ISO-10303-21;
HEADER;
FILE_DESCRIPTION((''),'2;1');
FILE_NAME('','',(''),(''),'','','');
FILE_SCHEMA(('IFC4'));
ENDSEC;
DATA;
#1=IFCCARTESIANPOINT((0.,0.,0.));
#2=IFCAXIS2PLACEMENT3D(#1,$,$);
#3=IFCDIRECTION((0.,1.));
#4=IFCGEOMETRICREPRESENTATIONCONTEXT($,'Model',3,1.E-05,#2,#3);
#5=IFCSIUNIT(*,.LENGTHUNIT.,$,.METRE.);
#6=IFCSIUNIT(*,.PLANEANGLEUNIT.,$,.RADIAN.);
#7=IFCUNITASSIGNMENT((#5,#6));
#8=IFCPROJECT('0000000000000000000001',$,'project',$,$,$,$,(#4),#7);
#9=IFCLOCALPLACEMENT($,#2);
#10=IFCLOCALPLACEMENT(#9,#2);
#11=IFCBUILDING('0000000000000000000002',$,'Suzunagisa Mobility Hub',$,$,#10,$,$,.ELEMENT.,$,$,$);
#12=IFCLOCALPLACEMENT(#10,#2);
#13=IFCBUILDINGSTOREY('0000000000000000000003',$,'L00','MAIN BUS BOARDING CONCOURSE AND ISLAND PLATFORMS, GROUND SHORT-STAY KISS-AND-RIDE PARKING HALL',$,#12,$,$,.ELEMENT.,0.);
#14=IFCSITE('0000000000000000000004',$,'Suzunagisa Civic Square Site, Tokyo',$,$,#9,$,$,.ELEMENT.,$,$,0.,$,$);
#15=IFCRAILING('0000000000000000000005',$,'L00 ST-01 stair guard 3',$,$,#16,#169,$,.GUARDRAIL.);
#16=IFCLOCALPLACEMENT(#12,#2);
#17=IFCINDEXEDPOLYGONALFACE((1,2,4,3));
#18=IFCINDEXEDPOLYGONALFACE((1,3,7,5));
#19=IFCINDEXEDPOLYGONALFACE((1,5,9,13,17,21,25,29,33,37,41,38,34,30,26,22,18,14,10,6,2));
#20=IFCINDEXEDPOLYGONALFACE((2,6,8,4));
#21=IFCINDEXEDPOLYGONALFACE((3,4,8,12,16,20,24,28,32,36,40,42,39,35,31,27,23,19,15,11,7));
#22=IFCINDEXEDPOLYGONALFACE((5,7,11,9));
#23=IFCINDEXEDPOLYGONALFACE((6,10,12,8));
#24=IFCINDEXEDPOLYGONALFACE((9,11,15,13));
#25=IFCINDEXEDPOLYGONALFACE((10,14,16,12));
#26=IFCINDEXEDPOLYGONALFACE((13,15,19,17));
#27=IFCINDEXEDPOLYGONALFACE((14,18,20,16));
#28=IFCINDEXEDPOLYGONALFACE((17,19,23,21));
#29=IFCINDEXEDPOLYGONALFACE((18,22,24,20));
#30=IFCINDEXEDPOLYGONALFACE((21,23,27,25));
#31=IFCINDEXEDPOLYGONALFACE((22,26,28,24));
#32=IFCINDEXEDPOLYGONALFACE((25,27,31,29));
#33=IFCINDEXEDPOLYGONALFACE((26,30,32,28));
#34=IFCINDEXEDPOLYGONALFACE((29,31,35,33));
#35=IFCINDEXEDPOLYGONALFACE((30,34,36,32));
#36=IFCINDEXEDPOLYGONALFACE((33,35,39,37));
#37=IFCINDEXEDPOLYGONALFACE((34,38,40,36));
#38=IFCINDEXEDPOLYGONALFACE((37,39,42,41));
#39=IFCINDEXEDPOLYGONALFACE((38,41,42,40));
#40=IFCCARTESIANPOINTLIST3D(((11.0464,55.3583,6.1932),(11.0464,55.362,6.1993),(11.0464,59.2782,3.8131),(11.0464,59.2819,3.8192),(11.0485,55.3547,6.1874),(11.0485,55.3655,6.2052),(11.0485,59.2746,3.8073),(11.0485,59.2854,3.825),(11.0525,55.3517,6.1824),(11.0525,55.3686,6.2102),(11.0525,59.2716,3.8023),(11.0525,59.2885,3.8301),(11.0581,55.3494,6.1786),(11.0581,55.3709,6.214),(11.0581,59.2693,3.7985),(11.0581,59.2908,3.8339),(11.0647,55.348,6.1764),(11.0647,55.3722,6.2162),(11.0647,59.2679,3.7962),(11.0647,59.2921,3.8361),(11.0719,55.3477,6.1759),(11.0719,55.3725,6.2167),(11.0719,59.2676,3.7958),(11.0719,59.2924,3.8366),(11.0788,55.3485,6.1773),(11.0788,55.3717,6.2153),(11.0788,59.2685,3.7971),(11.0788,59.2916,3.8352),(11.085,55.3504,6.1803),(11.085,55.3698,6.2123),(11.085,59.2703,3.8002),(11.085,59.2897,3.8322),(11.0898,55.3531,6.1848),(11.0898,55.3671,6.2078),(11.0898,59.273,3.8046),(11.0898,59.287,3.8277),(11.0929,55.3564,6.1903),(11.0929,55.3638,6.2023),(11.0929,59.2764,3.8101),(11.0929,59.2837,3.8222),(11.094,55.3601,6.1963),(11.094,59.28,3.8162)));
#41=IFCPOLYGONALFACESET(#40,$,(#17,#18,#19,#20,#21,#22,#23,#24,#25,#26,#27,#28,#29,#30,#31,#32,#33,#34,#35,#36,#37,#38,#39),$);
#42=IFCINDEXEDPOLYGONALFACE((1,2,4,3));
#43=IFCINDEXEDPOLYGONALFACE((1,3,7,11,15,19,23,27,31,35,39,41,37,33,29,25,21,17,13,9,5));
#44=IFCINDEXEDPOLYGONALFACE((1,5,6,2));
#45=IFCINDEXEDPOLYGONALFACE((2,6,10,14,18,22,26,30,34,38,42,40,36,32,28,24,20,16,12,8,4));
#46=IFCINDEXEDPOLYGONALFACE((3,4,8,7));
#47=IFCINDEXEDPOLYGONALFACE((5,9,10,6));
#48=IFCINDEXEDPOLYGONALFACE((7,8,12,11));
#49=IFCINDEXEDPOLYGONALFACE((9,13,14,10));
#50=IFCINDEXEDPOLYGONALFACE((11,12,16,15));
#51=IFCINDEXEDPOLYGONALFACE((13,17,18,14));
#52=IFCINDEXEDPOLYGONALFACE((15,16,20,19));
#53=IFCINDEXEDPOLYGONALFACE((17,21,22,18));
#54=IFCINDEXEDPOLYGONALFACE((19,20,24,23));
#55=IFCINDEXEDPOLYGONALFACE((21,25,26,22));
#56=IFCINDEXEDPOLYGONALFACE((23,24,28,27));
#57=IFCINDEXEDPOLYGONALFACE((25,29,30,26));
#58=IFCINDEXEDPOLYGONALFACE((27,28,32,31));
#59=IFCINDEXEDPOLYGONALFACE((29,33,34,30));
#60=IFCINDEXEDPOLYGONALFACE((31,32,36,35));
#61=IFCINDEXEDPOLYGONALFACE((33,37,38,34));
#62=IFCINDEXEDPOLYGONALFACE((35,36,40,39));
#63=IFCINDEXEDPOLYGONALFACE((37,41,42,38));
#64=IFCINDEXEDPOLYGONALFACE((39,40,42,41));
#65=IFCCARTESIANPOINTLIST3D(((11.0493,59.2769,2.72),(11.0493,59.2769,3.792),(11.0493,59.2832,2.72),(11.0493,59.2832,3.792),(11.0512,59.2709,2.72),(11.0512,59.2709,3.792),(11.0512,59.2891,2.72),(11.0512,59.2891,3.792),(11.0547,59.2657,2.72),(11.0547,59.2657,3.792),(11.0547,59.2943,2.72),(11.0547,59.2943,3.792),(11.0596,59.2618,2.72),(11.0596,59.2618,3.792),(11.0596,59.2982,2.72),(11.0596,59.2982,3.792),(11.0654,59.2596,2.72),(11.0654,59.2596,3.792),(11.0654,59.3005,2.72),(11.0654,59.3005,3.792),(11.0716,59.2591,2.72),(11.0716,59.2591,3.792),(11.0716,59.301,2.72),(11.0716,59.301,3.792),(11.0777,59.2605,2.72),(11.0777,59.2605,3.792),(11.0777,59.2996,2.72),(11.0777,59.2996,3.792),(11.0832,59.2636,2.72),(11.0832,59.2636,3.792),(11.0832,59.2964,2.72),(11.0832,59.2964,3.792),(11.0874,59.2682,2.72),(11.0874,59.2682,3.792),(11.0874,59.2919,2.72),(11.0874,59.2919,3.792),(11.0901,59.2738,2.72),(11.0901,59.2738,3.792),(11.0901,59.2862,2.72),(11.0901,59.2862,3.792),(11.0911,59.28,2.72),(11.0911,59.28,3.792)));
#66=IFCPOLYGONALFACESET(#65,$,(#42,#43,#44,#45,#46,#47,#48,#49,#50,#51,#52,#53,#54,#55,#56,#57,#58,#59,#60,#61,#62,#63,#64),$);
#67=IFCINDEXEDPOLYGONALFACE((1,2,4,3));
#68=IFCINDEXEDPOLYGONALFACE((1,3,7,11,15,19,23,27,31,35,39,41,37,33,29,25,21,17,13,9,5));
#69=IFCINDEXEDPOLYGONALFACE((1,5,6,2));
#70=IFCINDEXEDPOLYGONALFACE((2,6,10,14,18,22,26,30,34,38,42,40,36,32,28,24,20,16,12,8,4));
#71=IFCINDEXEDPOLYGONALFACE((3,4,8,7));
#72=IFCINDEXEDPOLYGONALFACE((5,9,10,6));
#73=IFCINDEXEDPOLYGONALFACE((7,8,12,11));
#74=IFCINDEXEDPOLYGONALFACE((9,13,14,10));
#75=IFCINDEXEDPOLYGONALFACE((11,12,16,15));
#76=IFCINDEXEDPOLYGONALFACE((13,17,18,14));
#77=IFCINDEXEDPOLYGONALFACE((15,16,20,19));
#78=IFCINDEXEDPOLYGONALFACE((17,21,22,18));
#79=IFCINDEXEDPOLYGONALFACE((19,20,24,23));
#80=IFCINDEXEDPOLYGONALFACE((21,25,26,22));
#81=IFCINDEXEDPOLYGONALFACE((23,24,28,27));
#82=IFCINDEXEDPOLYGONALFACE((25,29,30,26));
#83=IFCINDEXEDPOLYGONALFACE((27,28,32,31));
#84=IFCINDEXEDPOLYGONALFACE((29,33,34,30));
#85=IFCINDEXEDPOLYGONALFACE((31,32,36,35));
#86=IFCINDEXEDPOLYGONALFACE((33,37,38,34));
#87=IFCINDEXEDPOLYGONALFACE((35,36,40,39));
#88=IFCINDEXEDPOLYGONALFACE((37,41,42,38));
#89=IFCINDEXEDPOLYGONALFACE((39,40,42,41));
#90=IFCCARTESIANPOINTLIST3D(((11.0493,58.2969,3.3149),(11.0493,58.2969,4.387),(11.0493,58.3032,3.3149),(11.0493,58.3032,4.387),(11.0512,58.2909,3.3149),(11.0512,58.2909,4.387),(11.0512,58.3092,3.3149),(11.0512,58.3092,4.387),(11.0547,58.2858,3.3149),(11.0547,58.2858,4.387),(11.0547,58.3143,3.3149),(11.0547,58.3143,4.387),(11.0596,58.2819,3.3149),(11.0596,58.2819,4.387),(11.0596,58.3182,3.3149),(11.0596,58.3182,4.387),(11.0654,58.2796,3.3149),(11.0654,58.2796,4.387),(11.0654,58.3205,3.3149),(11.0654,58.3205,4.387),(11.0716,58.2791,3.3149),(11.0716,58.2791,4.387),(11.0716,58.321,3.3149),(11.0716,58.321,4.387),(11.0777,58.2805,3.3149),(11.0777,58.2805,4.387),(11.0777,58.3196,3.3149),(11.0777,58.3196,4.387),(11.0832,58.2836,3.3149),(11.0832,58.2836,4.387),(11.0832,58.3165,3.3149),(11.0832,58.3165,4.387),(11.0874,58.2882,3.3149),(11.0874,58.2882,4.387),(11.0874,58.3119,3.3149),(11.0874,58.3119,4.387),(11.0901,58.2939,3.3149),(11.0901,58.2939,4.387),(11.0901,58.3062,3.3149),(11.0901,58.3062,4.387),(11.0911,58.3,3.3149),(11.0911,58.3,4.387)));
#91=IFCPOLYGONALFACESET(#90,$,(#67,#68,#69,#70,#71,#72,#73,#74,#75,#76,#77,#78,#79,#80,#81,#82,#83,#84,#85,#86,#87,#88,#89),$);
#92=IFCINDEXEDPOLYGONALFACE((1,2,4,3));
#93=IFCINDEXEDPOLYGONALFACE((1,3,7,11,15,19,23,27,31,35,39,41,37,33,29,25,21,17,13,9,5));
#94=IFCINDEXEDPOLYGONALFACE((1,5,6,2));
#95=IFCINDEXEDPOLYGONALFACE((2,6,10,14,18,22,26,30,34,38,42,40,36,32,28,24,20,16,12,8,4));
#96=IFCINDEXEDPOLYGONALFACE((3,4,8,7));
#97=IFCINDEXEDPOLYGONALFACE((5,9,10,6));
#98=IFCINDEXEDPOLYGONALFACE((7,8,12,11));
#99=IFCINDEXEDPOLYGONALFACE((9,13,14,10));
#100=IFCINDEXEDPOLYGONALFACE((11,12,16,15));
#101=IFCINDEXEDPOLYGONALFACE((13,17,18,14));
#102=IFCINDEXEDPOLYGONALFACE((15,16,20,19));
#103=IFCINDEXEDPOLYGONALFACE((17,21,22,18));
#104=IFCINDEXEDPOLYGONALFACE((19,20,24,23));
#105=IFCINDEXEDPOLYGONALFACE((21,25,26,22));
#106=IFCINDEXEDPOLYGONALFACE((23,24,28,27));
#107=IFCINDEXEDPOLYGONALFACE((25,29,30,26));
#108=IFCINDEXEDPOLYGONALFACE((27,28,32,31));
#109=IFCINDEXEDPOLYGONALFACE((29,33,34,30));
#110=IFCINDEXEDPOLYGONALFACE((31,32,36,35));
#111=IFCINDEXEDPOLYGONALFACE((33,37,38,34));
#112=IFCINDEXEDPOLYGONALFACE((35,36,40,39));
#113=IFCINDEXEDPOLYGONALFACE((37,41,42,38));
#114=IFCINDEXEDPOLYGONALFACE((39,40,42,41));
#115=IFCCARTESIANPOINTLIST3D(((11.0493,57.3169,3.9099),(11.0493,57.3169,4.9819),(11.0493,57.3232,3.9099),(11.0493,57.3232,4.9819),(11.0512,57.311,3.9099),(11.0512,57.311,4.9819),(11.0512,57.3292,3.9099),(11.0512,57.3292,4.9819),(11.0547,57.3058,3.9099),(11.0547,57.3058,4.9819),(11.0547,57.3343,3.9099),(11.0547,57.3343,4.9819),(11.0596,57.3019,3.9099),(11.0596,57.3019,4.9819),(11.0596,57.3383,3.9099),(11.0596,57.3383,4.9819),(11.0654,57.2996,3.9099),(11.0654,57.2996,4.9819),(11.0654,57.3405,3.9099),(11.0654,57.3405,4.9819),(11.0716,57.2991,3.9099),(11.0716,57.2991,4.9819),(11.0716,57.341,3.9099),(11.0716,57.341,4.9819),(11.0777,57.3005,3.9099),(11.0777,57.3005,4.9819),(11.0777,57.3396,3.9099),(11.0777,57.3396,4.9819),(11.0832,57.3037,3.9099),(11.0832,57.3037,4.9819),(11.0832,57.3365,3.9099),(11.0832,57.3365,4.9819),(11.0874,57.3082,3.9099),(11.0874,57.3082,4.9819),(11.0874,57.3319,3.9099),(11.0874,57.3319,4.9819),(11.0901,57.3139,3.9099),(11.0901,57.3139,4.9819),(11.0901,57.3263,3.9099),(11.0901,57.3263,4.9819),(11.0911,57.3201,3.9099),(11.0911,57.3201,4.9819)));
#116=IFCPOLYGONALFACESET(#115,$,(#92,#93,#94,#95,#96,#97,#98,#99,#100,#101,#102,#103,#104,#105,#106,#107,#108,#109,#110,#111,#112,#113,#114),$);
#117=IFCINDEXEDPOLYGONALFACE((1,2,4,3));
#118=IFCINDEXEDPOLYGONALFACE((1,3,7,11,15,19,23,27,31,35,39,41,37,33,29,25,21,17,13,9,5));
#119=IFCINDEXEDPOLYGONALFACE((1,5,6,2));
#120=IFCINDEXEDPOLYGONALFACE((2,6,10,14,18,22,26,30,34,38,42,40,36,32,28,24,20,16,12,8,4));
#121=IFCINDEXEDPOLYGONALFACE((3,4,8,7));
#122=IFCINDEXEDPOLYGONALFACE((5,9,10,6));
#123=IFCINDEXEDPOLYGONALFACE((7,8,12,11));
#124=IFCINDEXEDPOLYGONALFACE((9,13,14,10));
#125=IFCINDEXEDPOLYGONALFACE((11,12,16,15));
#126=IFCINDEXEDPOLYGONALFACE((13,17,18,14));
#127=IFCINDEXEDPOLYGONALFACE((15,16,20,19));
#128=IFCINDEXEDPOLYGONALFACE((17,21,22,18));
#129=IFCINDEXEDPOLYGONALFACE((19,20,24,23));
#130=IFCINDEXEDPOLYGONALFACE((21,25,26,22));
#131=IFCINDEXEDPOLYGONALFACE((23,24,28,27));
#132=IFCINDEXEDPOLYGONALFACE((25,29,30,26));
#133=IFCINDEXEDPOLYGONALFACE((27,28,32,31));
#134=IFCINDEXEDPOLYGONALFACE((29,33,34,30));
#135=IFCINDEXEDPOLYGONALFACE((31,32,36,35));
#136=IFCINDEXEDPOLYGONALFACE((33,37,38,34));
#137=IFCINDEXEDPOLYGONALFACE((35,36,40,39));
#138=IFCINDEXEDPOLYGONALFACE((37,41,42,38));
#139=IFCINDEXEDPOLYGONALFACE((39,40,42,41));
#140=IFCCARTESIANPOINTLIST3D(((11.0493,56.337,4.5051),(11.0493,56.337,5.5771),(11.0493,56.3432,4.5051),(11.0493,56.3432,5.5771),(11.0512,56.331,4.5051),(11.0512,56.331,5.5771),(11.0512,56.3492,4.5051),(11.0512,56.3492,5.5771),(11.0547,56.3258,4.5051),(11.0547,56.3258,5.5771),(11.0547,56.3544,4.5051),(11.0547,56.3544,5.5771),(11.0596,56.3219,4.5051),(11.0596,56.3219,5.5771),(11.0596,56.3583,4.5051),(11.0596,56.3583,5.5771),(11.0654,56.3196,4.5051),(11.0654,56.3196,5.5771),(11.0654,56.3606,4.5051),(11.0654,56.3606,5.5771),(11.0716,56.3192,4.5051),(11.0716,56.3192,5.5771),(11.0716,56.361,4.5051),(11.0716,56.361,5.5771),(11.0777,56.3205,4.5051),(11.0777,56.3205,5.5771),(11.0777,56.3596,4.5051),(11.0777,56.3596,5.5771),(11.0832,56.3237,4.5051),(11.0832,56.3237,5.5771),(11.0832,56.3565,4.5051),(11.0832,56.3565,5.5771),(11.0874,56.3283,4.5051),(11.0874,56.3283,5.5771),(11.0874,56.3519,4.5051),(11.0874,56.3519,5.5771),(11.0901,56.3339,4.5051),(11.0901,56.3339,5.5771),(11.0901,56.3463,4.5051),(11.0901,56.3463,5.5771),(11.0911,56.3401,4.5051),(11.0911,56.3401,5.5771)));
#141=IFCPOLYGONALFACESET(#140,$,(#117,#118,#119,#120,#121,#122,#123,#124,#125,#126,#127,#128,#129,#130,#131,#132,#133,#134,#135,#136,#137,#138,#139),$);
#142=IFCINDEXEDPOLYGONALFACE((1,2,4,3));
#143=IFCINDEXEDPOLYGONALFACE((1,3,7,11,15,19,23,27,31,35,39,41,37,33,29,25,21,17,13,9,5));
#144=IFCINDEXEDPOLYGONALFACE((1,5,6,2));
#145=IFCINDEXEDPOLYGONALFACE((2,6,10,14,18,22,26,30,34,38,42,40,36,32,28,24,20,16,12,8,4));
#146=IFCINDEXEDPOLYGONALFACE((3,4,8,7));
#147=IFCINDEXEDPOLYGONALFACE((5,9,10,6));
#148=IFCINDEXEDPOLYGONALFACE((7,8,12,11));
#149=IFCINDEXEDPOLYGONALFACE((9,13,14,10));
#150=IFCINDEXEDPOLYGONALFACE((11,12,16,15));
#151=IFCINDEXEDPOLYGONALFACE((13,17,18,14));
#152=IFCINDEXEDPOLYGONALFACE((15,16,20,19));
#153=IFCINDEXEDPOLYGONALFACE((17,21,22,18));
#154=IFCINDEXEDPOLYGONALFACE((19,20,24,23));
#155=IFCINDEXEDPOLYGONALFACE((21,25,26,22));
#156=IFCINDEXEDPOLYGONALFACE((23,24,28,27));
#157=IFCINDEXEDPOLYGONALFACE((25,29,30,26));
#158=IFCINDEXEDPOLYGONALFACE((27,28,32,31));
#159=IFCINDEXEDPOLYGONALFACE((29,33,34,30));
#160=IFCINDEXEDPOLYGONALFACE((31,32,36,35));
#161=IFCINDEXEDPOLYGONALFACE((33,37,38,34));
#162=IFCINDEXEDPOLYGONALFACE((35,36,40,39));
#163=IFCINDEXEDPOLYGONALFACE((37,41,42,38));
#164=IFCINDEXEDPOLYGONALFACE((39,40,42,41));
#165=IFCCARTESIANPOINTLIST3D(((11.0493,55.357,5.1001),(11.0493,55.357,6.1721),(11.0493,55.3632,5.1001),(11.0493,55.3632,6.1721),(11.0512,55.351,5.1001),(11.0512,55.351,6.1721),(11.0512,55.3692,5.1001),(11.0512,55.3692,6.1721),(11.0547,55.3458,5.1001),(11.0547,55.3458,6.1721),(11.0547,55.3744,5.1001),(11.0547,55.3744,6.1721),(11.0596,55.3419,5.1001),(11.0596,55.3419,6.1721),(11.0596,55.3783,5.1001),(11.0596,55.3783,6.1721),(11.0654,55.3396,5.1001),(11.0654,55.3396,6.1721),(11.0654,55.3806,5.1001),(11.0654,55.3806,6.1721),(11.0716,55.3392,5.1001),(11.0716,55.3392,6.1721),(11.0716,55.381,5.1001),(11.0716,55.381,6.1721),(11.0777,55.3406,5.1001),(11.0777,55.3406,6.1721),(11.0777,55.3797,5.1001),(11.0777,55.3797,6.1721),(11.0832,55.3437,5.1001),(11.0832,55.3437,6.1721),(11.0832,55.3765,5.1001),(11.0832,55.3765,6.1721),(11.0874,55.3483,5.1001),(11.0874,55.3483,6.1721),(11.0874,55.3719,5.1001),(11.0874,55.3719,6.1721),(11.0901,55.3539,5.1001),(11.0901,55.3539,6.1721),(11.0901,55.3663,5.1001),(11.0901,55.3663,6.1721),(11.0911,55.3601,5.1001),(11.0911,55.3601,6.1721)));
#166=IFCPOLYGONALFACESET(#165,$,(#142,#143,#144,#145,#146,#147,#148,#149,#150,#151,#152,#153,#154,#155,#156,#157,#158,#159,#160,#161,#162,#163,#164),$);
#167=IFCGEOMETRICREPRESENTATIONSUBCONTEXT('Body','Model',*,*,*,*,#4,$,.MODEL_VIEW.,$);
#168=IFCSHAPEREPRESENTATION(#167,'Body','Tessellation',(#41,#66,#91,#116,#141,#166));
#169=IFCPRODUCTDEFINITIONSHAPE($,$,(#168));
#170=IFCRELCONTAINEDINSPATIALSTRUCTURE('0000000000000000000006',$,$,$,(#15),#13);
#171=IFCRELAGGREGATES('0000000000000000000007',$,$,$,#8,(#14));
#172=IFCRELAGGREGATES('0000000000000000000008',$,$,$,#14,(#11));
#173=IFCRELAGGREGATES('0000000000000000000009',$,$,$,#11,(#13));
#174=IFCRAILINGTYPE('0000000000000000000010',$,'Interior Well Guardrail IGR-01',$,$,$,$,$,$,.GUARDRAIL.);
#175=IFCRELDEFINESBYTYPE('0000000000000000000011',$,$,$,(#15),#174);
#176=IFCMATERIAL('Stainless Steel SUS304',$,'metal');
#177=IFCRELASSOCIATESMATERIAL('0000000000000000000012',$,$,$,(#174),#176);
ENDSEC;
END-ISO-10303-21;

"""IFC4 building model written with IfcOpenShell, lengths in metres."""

from ifc_helpers import new_model, si_unit, direction, frame, origin, origin_2d, place, context, subcontext, project, spatial, circle, extrude, material, type_object, element, save


model = new_model("IFC4")

# Units and contexts
model_context = context("Model", 3, precision=1e-05, world=origin(), true_north=direction((0.0, 1.0)))
body_context = subcontext(model_context, "Body", "Model", "MODEL_VIEW")
ifc_project = project(units=[si_unit("LENGTHUNIT", "METRE"), si_unit("PLANEANGLEUNIT", "RADIAN")], contexts=[model_context])

# Site, building, storey
site_placement = place(None, origin())
site = spatial("IfcSite", under=ifc_project, at=site_placement, Name="Suzunagisa Civic Square Site, Tokyo", CompositionType="ELEMENT", RefElevation=0.0)
building_placement = place(site_placement, origin())
building = spatial("IfcBuilding", under=site, at=building_placement, Name="Suzunagisa Mobility Hub", CompositionType="ELEMENT")
storey_placement = place(building_placement, origin())
storey = spatial("IfcBuildingStorey", under=building, at=storey_placement, Name="L00", Description="MAIN BUS BOARDING CONCOURSE AND ISLAND PLATFORMS, GROUND SHORT-STAY KISS-AND-RIDE PARKING HALL", CompositionType="ELEMENT", Elevation=0.0)

# Railing
ifc_material_1 = material(Name="Stainless Steel SUS304", Category="metal")
railing_type_1 = type_object("IfcRailingType", Name="Interior Well Guardrail IGR-01", PredefinedType="GUARDRAIL", material=ifc_material_1)
railing_1_placement = place(storey_placement, frame((11.0701, 59.28, 2.72)))
element("IfcRailing", 1, at=railing_1_placement, inside=storey, type_object=railing_type_1, Name="L00 ST-01 stair guard 3", PredefinedType="GUARDRAIL", context=body_context, shape_type="SweptSolid", body=[
    extrude(circle(Radius=0.0239, at=origin_2d()), frame((0.0, 0.0, 1.0962), z_axis=(0.0, -0.854771, 0.519006), x_axis=(1.0, 0.0, 0.0)), (0.0, 0.0, 1.0), 4.5859),
    extrude(circle(Radius=0.021, at=origin_2d()), origin(), (0.0, 0.0, 1.0), 1.072),
    extrude(circle(Radius=0.021, at=origin_2d()), frame((0.0, -0.98, 0.595)), (0.0, 0.0, 1.0), 1.072),
    extrude(circle(Radius=0.021, at=origin_2d()), frame((0.0, -1.96, 1.1899)), (0.0, 0.0, 1.0), 1.072),
    extrude(circle(Radius=0.021, at=origin_2d()), frame((0.0, -2.9399, 1.7852)), (0.0, 0.0, 1.0), 1.072),
    extrude(circle(Radius=0.021, at=origin_2d()), frame((0.0, -3.9199, 2.3801)), (0.0, 0.0, 1.0), 1.072),
])

save(model, "model.ifc")
